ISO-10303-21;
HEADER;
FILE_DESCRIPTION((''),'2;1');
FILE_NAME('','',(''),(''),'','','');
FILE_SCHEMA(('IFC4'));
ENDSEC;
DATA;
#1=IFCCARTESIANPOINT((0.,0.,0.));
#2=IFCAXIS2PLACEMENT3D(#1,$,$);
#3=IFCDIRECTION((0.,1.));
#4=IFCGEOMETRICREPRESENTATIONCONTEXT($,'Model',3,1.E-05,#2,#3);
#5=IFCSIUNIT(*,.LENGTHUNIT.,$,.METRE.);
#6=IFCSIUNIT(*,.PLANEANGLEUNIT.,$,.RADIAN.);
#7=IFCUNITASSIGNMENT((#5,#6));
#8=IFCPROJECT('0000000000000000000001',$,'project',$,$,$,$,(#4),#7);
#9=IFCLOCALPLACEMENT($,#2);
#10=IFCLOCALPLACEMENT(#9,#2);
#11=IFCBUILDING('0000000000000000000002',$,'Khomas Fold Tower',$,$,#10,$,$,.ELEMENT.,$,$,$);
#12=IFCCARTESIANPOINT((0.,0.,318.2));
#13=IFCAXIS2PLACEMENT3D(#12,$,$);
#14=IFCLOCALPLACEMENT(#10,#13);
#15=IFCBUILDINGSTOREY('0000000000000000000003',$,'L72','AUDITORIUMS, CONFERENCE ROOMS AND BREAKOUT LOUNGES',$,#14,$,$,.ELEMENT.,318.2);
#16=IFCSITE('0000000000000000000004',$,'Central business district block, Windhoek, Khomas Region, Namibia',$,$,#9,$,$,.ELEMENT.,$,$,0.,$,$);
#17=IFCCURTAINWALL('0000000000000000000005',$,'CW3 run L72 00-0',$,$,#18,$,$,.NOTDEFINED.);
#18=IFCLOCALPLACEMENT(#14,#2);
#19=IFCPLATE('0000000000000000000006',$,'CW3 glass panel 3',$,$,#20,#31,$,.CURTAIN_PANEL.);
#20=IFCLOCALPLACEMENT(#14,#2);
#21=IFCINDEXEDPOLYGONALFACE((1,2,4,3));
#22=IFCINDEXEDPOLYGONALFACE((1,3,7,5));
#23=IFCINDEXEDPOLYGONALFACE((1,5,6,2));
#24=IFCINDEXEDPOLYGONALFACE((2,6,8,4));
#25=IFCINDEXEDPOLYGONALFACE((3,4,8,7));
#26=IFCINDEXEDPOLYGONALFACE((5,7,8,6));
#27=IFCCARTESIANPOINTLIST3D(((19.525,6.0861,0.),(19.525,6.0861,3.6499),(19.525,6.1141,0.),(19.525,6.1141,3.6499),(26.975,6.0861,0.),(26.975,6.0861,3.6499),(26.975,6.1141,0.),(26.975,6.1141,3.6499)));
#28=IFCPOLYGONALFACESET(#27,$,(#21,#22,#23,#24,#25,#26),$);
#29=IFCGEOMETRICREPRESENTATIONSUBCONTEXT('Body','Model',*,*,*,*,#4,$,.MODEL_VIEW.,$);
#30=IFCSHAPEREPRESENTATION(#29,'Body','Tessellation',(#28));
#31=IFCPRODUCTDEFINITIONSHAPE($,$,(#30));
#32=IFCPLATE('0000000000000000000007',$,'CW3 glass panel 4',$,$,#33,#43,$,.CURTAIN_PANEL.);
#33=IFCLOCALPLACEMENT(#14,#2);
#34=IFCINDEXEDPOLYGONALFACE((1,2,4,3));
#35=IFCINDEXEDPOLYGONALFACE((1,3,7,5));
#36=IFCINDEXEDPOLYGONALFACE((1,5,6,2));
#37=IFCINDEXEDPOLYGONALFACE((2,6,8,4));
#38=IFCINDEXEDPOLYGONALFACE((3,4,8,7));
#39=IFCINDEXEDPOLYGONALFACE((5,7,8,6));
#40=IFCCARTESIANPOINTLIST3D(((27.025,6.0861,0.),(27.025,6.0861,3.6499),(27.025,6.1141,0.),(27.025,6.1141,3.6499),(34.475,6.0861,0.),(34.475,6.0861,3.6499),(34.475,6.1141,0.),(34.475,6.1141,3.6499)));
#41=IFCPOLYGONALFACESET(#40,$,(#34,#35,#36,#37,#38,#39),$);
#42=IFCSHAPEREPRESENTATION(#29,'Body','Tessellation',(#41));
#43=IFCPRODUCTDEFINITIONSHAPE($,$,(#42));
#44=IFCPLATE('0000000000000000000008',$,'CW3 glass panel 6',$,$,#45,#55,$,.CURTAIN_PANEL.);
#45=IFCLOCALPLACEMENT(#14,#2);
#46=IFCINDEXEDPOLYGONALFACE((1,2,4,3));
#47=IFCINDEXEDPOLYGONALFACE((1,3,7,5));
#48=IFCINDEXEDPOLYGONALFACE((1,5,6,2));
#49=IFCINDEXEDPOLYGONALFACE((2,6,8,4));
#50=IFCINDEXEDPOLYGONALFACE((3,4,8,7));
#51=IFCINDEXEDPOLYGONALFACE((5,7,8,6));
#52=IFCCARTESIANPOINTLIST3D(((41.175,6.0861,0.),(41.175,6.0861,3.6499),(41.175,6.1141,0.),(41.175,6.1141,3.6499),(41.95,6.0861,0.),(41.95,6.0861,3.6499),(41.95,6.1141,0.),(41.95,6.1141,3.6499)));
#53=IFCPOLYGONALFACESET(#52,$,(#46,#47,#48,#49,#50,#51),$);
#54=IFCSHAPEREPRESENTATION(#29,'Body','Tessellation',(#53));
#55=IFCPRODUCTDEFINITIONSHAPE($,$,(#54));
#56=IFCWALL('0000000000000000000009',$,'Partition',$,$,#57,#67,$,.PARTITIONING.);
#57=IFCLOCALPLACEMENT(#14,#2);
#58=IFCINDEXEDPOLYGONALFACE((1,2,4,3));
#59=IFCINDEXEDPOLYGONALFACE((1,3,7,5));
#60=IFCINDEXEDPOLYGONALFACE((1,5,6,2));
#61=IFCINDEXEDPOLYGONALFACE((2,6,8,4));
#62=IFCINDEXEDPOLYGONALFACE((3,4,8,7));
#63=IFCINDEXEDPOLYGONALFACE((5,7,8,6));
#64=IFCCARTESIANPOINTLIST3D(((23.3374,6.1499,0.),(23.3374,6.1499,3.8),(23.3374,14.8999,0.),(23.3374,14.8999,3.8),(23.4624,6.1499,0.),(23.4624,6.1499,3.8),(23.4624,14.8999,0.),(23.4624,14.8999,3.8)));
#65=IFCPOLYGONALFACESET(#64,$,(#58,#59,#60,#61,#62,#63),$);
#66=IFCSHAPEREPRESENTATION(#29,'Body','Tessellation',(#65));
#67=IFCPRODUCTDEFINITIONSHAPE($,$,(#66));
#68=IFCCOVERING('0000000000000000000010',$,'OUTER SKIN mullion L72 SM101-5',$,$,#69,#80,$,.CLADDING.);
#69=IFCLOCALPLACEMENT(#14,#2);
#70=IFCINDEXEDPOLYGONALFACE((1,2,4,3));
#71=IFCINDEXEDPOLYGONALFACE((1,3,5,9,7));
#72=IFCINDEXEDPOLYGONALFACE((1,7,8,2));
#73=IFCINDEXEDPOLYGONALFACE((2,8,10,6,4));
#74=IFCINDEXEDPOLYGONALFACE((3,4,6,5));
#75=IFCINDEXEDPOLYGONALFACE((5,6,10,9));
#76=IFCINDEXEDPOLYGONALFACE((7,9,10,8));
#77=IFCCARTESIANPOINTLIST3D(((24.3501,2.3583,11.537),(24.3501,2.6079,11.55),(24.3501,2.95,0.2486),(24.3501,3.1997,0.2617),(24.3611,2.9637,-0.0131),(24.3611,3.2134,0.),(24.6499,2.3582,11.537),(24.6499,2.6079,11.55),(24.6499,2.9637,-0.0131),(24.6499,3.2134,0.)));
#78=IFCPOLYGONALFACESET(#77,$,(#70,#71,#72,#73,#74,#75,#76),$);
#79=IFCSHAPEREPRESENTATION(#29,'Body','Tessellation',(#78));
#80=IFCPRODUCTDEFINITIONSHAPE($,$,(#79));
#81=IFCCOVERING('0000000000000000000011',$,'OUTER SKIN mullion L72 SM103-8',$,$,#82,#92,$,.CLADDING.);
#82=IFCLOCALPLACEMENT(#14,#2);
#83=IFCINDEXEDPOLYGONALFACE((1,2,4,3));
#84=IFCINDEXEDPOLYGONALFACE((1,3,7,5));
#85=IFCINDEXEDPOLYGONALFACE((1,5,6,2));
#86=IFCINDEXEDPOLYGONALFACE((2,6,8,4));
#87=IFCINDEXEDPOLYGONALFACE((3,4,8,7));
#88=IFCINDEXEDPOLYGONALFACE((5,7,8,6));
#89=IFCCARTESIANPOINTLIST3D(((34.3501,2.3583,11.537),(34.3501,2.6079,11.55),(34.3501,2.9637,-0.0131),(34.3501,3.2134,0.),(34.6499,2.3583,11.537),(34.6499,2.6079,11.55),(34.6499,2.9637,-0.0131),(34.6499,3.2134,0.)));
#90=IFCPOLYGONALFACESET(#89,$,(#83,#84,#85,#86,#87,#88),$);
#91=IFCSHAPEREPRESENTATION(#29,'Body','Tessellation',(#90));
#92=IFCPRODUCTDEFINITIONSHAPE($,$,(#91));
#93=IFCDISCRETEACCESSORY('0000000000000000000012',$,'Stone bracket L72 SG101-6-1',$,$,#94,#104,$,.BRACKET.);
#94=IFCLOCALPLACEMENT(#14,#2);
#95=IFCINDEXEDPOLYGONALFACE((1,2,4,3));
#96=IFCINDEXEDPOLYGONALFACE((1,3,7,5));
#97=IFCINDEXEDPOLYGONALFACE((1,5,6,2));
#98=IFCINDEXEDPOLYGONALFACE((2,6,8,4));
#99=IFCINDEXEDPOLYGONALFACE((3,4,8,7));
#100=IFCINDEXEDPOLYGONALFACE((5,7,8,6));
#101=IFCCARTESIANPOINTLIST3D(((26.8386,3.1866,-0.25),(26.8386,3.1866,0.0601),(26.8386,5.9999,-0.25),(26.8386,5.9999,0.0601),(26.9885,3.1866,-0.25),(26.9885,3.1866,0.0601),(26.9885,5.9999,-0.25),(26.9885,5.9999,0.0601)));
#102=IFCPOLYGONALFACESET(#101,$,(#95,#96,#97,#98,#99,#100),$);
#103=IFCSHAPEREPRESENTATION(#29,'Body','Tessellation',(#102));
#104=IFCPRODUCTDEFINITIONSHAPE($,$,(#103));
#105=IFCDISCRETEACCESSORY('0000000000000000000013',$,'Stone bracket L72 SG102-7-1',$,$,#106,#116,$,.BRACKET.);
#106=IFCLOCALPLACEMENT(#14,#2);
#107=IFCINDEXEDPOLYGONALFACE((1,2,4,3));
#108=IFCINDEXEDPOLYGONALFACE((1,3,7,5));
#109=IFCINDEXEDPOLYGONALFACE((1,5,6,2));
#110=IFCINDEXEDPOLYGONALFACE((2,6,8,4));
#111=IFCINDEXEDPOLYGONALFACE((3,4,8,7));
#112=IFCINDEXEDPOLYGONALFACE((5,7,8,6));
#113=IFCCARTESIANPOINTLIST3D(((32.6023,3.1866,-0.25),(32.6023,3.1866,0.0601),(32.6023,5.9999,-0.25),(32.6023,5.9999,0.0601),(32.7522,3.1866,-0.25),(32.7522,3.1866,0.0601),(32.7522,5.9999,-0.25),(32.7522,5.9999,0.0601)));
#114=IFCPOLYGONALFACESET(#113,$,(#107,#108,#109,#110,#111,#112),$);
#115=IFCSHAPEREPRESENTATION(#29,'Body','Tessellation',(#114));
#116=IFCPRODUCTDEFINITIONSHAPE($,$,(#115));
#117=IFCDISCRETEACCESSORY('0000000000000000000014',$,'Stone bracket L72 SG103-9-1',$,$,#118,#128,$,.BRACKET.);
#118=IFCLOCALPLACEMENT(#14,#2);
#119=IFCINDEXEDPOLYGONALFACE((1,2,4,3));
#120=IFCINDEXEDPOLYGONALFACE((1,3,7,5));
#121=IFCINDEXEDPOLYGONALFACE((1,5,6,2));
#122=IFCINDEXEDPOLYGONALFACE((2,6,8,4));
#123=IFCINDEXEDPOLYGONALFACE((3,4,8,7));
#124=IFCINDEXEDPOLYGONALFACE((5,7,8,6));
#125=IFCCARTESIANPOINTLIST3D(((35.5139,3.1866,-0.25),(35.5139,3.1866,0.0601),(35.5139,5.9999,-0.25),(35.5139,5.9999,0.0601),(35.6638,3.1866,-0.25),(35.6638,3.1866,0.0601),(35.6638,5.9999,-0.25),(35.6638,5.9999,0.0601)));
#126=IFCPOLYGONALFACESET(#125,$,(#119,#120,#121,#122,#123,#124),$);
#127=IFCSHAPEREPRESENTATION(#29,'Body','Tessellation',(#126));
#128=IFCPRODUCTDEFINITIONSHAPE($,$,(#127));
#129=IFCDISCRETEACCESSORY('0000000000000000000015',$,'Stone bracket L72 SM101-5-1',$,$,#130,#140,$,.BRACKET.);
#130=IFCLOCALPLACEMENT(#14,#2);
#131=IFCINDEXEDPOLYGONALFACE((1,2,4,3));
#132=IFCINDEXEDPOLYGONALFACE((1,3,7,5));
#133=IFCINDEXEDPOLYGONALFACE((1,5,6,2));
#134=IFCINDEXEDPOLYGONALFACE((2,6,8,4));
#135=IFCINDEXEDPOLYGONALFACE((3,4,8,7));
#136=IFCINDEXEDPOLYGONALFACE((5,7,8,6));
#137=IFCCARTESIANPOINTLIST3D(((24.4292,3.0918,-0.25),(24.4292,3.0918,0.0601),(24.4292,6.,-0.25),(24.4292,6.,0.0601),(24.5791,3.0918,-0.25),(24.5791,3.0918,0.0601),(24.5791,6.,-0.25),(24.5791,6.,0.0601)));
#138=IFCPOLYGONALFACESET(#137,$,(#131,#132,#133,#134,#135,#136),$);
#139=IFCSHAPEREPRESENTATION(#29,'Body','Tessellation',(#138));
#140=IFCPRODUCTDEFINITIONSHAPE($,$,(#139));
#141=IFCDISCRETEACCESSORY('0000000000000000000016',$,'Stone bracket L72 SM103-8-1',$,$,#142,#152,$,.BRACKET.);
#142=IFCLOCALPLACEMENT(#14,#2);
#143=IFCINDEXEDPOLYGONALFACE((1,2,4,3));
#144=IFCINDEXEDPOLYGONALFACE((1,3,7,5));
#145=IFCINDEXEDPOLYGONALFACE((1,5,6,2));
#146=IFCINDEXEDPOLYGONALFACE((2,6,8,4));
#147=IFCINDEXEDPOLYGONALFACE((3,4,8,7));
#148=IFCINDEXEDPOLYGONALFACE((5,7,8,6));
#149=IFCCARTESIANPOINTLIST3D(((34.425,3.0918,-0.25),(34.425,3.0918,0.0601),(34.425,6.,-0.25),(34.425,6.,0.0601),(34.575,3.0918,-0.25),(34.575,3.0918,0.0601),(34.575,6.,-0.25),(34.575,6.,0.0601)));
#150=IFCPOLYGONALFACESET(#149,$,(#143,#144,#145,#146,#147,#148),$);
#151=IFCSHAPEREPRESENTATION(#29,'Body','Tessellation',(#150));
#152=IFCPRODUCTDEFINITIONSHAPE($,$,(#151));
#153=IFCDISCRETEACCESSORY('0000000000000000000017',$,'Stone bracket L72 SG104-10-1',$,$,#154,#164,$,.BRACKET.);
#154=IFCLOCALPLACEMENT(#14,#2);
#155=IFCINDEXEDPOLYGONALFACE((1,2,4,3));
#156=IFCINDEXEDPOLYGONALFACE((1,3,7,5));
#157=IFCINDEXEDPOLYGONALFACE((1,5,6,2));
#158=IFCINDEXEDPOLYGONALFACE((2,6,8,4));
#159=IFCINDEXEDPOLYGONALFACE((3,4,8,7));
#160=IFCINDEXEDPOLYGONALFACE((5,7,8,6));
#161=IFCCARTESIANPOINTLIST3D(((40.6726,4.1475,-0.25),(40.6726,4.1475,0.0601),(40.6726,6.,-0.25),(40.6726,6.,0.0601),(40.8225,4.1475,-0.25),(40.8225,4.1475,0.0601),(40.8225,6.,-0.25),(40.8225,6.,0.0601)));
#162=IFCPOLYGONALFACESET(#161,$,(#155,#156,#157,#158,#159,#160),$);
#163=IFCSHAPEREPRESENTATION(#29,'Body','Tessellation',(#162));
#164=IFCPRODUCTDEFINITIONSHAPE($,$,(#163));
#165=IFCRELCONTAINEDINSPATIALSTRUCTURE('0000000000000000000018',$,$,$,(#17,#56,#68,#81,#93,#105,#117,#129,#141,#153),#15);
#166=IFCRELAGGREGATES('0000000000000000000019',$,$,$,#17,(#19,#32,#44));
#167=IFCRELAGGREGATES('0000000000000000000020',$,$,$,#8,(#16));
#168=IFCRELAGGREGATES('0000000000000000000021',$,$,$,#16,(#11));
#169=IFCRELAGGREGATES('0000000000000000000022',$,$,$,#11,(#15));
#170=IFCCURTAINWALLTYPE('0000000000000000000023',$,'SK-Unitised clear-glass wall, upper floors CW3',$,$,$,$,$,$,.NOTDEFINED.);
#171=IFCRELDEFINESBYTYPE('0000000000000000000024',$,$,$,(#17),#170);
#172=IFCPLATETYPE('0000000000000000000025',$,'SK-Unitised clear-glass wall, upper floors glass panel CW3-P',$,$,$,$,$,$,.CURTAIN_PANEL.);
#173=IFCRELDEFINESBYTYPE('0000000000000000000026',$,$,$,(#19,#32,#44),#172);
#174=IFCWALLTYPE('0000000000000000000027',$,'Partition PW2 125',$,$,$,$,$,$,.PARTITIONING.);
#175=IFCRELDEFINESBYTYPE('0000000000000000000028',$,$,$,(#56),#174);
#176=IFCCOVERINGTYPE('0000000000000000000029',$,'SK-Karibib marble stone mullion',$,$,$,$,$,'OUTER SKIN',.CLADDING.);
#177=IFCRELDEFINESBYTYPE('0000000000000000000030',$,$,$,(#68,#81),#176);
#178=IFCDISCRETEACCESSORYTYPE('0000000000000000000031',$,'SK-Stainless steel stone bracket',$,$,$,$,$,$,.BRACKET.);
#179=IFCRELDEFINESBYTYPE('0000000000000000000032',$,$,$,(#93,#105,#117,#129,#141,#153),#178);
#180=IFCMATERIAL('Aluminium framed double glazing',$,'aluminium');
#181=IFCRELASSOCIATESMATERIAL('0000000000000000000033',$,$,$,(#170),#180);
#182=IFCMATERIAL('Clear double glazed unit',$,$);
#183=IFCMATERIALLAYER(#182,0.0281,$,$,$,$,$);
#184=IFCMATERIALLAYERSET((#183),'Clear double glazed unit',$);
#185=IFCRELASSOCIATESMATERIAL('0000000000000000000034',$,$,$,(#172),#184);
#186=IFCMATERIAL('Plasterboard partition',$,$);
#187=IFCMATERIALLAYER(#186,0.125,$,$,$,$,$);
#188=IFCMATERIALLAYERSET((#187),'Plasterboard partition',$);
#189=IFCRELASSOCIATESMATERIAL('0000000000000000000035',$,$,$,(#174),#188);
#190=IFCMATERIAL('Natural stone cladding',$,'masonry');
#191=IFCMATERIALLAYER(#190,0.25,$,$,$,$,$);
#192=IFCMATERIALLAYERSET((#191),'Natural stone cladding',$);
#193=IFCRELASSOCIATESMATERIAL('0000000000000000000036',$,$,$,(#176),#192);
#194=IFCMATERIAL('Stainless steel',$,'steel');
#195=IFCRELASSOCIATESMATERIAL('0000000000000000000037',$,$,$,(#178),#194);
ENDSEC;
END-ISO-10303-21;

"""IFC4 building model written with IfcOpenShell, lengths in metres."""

from ifc_helpers import new_model, si_unit, direction, frame, frame_2d, origin, origin_2d, place, context, subcontext, project, spatial, polyline, rectangle, outline, extrude, source, transform, mapped, material, layer, layer_set, type_object, element, aggregate, save


model = new_model("IFC4")

# Units and contexts
model_context = context("Model", 3, precision=1e-05, world=origin(), true_north=direction((0.0, 1.0)))
body_context = subcontext(model_context, "Body", "Model", "MODEL_VIEW")
ifc_project = project(units=[si_unit("LENGTHUNIT", "METRE"), si_unit("PLANEANGLEUNIT", "RADIAN")], contexts=[model_context])

# Site, building, storey
site_placement = place(None, origin())
site = spatial("IfcSite", under=ifc_project, at=site_placement, Name="Central business district block, Windhoek, Khomas Region, Namibia", CompositionType="ELEMENT", RefElevation=0.0)
building_placement = place(site_placement, origin())
building = spatial("IfcBuilding", under=site, at=building_placement, Name="Khomas Fold Tower", CompositionType="ELEMENT")
storey_placement = place(building_placement, frame((0.0, 0.0, 318.2)))
storey = spatial("IfcBuildingStorey", under=building, at=storey_placement, Name="L72", Description="AUDITORIUMS, CONFERENCE ROOMS AND BREAKOUT LOUNGES", CompositionType="ELEMENT", Elevation=318.2)

# Curtain wall
ifc_material_1 = material(Name="Aluminium framed double glazing", Category="aluminium")
curtain_wall_type = type_object("IfcCurtainWallType", Name="SK-Unitised clear-glass wall, upper floors CW3", PredefinedType="NOTDEFINED", material=ifc_material_1)
curtain_wall_placement = place(storey_placement, origin())
curtain_wall = element("IfcCurtainWall", 1, at=curtain_wall_placement, inside=storey, type_object=curtain_wall_type, Name="CW3 run L72 00-0", PredefinedType="NOTDEFINED")

# Plates
ifc_material_2 = material(Name="Clear double glazed unit")
ifc_layer_1 = layer(ifc_material_2, 0.0281)
ifc_layer_set_1 = layer_set([ifc_layer_1], Name="Clear double glazed unit")
plate_type_1 = type_object("IfcPlateType", Name="SK-Unitised clear-glass wall, upper floors glass panel CW3-P", PredefinedType="CURTAIN_PANEL", material=ifc_layer_set_1)
shared_shape_1 = source(origin(), body_context, "Body", "SweptSolid", [
    extrude(rectangle(XDim=7.45, YDim=0.0281, at=origin_2d()), origin(), (0.0, 0.0, 1.0), 3.6499),
])
plate_1_placement = place(storey_placement, frame((23.25, 6.1001, 0.0), z_axis=(0.0, 0.0, 1.0), x_axis=(1.0, 0.0, 0.0)))
plate_1 = element("IfcPlate", 2, at=plate_1_placement, type_object=plate_type_1, Name="CW3 glass panel 3", PredefinedType="CURTAIN_PANEL", context=body_context, shape_type="MappedRepresentation", body=[
    mapped(shared_shape_1, transform((0.0, 0.0, 0.0))),
])
plate_2_placement = place(storey_placement, frame((30.75, 6.1001, 0.0), z_axis=(0.0, 0.0, 1.0), x_axis=(1.0, 0.0, 0.0)))
plate_2 = element("IfcPlate", 3, at=plate_2_placement, type_object=plate_type_1, Name="CW3 glass panel 4", PredefinedType="CURTAIN_PANEL", context=body_context, shape_type="MappedRepresentation", body=[
    mapped(shared_shape_1, transform((0.0, 0.0, 0.0))),
])
shared_shape_2 = source(origin(), body_context, "Body", "SweptSolid", [
    extrude(rectangle(XDim=0.7749, YDim=0.0281, at=origin_2d()), origin(), (0.0, 0.0, 1.0), 3.6499),
])
plate_3_placement = place(storey_placement, frame((41.5625, 6.1001, 0.0), z_axis=(0.0, 0.0, 1.0), x_axis=(1.0, 0.0, 0.0)))
plate_3 = element("IfcPlate", 4, at=plate_3_placement, type_object=plate_type_1, Name="CW3 glass panel 6", PredefinedType="CURTAIN_PANEL", context=body_context, shape_type="MappedRepresentation", body=[
    mapped(shared_shape_2, transform((0.0, 0.0, 0.0))),
])
aggregate(curtain_wall, [plate_1, plate_2, plate_3])

# Wall
ifc_material_3 = material(Name="Plasterboard partition")
ifc_layer_2 = layer(ifc_material_3, 0.125)
ifc_layer_set_2 = layer_set([ifc_layer_2], Name="Plasterboard partition")
wall_type = type_object("IfcWallType", Name="Partition PW2 125", PredefinedType="PARTITIONING", material=ifc_layer_set_2)
shared_shape_3 = source(origin(), body_context, "Body", "SweptSolid", [
    extrude(rectangle(XDim=8.75, YDim=0.125, at=frame_2d((4.375, 0.0))), origin(), (0.0, 0.0, 1.0), 3.8),
])
wall_placement = place(storey_placement, frame((23.3999, 6.1499, 0.0), z_axis=(0.0, 0.0, 1.0), x_axis=(0.0, 1.0, 0.0)))
element("IfcWall", 5, at=wall_placement, inside=storey, type_object=wall_type, Name="Partition", PredefinedType="PARTITIONING", context=body_context, shape_type="MappedRepresentation", body=[
    mapped(shared_shape_3, transform((0.0, 0.0, 0.0))),
])

# Coverings
ifc_material_4 = material(Name="Natural stone cladding", Category="masonry")
ifc_layer_3 = layer(ifc_material_4, 0.25)
ifc_layer_set_3 = layer_set([ifc_layer_3], Name="Natural stone cladding")
covering_type = type_object("IfcCoveringType", Name="SK-Karibib marble stone mullion", ElementType="OUTER SKIN", PredefinedType="CLADDING", material=ifc_layer_set_3)
covering_1_placement = place(storey_placement, frame((24.3611, 3.2134, 0.0), z_axis=(0.00008, 0.998629, 0.05235), x_axis=(-0.041884, -0.0523, 0.997753)))
element("IfcCovering", 6, at=covering_1_placement, inside=storey, type_object=covering_type, Name="OUTER SKIN mullion L72 SM101-5", PredefinedType="CLADDING", context=body_context, shape_type="SweptSolid", body=[
    extrude(outline(polyline([(0.0, 0.0), (0.2623, 0.0), (11.5562, 0.4734), (11.5437, 0.773), (-0.0121, 0.2886), (0.0, 0.0)])), origin(), (0.0, 0.0, -1.0), 0.25),
])
covering_2_placement = place(storey_placement, frame((34.3501, 3.2134, 0.0), z_axis=(0.0, 0.998629, 0.052349), x_axis=(0.0, -0.052349, 0.998629)))
element("IfcCovering", 7, at=covering_2_placement, inside=storey, type_object=covering_type, Name="OUTER SKIN mullion L72 SM103-8", PredefinedType="CLADDING", context=body_context, shape_type="SweptSolid", body=[
    extrude(outline(polyline([(0.0, 0.0), (11.5659, 0.0), (11.5659, 0.2998), (0.0, 0.2998), (0.0, 0.0)])), origin(), (0.0, 0.0, -1.0), 0.25),
])

# Discrete accessories
ifc_material_5 = material(Name="Stainless steel", Category="steel")
discrete_accessory_type = type_object("IfcDiscreteAccessoryType", Name="SK-Stainless steel stone bracket", PredefinedType="BRACKET", material=ifc_material_5)
shared_shape_4 = source(origin(), body_context, "Body", "SweptSolid", [
    extrude(rectangle(XDim=2.8132, YDim=0.1499, at=origin_2d()), origin(), (0.0, 0.0, 1.0), 0.3101),
])
for number, where, z_axis, x_axis, name in (
    (8, (26.9136, 4.5933, -0.25), (0.0, 0.0, 1.0), (0.0, -1.0, 0.0), "Stone bracket L72 SG101-6-1"),
    (9, (32.6772, 4.5933, -0.25), (0.0, 0.0, 1.0), (0.0, -1.0, 0.0), "Stone bracket L72 SG102-7-1"),
    (10, (35.5889, 4.5933, -0.25), (0.0, 0.0, 1.0), (0.0, -1.0, 0.0), "Stone bracket L72 SG103-9-1"),
):
    element("IfcDiscreteAccessory", number, at=place(storey_placement, frame(where, z_axis=z_axis, x_axis=x_axis)), inside=storey, type_object=discrete_accessory_type, Name=name, PredefinedType="BRACKET", context=body_context, shape_type="MappedRepresentation", body=[
        mapped(shared_shape_4, transform((0.0, 0.0, 0.0))),
    ])
shared_shape_5 = source(origin(), body_context, "Body", "SweptSolid", [
    extrude(rectangle(XDim=2.9082, YDim=0.1499, at=origin_2d()), origin(), (0.0, 0.0, 1.0), 0.3101),
])
for number, where, z_axis, x_axis, name in (
    (11, (24.5042, 4.5459, -0.25), (0.0, 0.0, 1.0), (0.0, -1.0, 0.0), "Stone bracket L72 SM101-5-1"),
    (12, (34.5, 4.5459, -0.25), (0.0, 0.0, 1.0), (0.0, -1.0, 0.0), "Stone bracket L72 SM103-8-1"),
):
    element("IfcDiscreteAccessory", number, at=place(storey_placement, frame(where, z_axis=z_axis, x_axis=x_axis)), inside=storey, type_object=discrete_accessory_type, Name=name, PredefinedType="BRACKET", context=body_context, shape_type="MappedRepresentation", body=[
        mapped(shared_shape_5, transform((0.0, 0.0, 0.0))),
    ])
shared_shape_6 = source(origin(), body_context, "Body", "SweptSolid", [
    extrude(rectangle(XDim=1.8525, YDim=0.1499, at=origin_2d()), origin(), (0.0, 0.0, 1.0), 0.3101),
])
discrete_accessory_placement = place(storey_placement, frame((40.7476, 5.0737, -0.25), z_axis=(0.0, 0.0, 1.0), x_axis=(0.0, -1.0, 0.0)))
element("IfcDiscreteAccessory", 13, at=discrete_accessory_placement, inside=storey, type_object=discrete_accessory_type, Name="Stone bracket L72 SG104-10-1", PredefinedType="BRACKET", context=body_context, shape_type="MappedRepresentation", body=[
    mapped(shared_shape_6, transform((0.0, 0.0, 0.0))),
])

save(model, "model.ifc")
